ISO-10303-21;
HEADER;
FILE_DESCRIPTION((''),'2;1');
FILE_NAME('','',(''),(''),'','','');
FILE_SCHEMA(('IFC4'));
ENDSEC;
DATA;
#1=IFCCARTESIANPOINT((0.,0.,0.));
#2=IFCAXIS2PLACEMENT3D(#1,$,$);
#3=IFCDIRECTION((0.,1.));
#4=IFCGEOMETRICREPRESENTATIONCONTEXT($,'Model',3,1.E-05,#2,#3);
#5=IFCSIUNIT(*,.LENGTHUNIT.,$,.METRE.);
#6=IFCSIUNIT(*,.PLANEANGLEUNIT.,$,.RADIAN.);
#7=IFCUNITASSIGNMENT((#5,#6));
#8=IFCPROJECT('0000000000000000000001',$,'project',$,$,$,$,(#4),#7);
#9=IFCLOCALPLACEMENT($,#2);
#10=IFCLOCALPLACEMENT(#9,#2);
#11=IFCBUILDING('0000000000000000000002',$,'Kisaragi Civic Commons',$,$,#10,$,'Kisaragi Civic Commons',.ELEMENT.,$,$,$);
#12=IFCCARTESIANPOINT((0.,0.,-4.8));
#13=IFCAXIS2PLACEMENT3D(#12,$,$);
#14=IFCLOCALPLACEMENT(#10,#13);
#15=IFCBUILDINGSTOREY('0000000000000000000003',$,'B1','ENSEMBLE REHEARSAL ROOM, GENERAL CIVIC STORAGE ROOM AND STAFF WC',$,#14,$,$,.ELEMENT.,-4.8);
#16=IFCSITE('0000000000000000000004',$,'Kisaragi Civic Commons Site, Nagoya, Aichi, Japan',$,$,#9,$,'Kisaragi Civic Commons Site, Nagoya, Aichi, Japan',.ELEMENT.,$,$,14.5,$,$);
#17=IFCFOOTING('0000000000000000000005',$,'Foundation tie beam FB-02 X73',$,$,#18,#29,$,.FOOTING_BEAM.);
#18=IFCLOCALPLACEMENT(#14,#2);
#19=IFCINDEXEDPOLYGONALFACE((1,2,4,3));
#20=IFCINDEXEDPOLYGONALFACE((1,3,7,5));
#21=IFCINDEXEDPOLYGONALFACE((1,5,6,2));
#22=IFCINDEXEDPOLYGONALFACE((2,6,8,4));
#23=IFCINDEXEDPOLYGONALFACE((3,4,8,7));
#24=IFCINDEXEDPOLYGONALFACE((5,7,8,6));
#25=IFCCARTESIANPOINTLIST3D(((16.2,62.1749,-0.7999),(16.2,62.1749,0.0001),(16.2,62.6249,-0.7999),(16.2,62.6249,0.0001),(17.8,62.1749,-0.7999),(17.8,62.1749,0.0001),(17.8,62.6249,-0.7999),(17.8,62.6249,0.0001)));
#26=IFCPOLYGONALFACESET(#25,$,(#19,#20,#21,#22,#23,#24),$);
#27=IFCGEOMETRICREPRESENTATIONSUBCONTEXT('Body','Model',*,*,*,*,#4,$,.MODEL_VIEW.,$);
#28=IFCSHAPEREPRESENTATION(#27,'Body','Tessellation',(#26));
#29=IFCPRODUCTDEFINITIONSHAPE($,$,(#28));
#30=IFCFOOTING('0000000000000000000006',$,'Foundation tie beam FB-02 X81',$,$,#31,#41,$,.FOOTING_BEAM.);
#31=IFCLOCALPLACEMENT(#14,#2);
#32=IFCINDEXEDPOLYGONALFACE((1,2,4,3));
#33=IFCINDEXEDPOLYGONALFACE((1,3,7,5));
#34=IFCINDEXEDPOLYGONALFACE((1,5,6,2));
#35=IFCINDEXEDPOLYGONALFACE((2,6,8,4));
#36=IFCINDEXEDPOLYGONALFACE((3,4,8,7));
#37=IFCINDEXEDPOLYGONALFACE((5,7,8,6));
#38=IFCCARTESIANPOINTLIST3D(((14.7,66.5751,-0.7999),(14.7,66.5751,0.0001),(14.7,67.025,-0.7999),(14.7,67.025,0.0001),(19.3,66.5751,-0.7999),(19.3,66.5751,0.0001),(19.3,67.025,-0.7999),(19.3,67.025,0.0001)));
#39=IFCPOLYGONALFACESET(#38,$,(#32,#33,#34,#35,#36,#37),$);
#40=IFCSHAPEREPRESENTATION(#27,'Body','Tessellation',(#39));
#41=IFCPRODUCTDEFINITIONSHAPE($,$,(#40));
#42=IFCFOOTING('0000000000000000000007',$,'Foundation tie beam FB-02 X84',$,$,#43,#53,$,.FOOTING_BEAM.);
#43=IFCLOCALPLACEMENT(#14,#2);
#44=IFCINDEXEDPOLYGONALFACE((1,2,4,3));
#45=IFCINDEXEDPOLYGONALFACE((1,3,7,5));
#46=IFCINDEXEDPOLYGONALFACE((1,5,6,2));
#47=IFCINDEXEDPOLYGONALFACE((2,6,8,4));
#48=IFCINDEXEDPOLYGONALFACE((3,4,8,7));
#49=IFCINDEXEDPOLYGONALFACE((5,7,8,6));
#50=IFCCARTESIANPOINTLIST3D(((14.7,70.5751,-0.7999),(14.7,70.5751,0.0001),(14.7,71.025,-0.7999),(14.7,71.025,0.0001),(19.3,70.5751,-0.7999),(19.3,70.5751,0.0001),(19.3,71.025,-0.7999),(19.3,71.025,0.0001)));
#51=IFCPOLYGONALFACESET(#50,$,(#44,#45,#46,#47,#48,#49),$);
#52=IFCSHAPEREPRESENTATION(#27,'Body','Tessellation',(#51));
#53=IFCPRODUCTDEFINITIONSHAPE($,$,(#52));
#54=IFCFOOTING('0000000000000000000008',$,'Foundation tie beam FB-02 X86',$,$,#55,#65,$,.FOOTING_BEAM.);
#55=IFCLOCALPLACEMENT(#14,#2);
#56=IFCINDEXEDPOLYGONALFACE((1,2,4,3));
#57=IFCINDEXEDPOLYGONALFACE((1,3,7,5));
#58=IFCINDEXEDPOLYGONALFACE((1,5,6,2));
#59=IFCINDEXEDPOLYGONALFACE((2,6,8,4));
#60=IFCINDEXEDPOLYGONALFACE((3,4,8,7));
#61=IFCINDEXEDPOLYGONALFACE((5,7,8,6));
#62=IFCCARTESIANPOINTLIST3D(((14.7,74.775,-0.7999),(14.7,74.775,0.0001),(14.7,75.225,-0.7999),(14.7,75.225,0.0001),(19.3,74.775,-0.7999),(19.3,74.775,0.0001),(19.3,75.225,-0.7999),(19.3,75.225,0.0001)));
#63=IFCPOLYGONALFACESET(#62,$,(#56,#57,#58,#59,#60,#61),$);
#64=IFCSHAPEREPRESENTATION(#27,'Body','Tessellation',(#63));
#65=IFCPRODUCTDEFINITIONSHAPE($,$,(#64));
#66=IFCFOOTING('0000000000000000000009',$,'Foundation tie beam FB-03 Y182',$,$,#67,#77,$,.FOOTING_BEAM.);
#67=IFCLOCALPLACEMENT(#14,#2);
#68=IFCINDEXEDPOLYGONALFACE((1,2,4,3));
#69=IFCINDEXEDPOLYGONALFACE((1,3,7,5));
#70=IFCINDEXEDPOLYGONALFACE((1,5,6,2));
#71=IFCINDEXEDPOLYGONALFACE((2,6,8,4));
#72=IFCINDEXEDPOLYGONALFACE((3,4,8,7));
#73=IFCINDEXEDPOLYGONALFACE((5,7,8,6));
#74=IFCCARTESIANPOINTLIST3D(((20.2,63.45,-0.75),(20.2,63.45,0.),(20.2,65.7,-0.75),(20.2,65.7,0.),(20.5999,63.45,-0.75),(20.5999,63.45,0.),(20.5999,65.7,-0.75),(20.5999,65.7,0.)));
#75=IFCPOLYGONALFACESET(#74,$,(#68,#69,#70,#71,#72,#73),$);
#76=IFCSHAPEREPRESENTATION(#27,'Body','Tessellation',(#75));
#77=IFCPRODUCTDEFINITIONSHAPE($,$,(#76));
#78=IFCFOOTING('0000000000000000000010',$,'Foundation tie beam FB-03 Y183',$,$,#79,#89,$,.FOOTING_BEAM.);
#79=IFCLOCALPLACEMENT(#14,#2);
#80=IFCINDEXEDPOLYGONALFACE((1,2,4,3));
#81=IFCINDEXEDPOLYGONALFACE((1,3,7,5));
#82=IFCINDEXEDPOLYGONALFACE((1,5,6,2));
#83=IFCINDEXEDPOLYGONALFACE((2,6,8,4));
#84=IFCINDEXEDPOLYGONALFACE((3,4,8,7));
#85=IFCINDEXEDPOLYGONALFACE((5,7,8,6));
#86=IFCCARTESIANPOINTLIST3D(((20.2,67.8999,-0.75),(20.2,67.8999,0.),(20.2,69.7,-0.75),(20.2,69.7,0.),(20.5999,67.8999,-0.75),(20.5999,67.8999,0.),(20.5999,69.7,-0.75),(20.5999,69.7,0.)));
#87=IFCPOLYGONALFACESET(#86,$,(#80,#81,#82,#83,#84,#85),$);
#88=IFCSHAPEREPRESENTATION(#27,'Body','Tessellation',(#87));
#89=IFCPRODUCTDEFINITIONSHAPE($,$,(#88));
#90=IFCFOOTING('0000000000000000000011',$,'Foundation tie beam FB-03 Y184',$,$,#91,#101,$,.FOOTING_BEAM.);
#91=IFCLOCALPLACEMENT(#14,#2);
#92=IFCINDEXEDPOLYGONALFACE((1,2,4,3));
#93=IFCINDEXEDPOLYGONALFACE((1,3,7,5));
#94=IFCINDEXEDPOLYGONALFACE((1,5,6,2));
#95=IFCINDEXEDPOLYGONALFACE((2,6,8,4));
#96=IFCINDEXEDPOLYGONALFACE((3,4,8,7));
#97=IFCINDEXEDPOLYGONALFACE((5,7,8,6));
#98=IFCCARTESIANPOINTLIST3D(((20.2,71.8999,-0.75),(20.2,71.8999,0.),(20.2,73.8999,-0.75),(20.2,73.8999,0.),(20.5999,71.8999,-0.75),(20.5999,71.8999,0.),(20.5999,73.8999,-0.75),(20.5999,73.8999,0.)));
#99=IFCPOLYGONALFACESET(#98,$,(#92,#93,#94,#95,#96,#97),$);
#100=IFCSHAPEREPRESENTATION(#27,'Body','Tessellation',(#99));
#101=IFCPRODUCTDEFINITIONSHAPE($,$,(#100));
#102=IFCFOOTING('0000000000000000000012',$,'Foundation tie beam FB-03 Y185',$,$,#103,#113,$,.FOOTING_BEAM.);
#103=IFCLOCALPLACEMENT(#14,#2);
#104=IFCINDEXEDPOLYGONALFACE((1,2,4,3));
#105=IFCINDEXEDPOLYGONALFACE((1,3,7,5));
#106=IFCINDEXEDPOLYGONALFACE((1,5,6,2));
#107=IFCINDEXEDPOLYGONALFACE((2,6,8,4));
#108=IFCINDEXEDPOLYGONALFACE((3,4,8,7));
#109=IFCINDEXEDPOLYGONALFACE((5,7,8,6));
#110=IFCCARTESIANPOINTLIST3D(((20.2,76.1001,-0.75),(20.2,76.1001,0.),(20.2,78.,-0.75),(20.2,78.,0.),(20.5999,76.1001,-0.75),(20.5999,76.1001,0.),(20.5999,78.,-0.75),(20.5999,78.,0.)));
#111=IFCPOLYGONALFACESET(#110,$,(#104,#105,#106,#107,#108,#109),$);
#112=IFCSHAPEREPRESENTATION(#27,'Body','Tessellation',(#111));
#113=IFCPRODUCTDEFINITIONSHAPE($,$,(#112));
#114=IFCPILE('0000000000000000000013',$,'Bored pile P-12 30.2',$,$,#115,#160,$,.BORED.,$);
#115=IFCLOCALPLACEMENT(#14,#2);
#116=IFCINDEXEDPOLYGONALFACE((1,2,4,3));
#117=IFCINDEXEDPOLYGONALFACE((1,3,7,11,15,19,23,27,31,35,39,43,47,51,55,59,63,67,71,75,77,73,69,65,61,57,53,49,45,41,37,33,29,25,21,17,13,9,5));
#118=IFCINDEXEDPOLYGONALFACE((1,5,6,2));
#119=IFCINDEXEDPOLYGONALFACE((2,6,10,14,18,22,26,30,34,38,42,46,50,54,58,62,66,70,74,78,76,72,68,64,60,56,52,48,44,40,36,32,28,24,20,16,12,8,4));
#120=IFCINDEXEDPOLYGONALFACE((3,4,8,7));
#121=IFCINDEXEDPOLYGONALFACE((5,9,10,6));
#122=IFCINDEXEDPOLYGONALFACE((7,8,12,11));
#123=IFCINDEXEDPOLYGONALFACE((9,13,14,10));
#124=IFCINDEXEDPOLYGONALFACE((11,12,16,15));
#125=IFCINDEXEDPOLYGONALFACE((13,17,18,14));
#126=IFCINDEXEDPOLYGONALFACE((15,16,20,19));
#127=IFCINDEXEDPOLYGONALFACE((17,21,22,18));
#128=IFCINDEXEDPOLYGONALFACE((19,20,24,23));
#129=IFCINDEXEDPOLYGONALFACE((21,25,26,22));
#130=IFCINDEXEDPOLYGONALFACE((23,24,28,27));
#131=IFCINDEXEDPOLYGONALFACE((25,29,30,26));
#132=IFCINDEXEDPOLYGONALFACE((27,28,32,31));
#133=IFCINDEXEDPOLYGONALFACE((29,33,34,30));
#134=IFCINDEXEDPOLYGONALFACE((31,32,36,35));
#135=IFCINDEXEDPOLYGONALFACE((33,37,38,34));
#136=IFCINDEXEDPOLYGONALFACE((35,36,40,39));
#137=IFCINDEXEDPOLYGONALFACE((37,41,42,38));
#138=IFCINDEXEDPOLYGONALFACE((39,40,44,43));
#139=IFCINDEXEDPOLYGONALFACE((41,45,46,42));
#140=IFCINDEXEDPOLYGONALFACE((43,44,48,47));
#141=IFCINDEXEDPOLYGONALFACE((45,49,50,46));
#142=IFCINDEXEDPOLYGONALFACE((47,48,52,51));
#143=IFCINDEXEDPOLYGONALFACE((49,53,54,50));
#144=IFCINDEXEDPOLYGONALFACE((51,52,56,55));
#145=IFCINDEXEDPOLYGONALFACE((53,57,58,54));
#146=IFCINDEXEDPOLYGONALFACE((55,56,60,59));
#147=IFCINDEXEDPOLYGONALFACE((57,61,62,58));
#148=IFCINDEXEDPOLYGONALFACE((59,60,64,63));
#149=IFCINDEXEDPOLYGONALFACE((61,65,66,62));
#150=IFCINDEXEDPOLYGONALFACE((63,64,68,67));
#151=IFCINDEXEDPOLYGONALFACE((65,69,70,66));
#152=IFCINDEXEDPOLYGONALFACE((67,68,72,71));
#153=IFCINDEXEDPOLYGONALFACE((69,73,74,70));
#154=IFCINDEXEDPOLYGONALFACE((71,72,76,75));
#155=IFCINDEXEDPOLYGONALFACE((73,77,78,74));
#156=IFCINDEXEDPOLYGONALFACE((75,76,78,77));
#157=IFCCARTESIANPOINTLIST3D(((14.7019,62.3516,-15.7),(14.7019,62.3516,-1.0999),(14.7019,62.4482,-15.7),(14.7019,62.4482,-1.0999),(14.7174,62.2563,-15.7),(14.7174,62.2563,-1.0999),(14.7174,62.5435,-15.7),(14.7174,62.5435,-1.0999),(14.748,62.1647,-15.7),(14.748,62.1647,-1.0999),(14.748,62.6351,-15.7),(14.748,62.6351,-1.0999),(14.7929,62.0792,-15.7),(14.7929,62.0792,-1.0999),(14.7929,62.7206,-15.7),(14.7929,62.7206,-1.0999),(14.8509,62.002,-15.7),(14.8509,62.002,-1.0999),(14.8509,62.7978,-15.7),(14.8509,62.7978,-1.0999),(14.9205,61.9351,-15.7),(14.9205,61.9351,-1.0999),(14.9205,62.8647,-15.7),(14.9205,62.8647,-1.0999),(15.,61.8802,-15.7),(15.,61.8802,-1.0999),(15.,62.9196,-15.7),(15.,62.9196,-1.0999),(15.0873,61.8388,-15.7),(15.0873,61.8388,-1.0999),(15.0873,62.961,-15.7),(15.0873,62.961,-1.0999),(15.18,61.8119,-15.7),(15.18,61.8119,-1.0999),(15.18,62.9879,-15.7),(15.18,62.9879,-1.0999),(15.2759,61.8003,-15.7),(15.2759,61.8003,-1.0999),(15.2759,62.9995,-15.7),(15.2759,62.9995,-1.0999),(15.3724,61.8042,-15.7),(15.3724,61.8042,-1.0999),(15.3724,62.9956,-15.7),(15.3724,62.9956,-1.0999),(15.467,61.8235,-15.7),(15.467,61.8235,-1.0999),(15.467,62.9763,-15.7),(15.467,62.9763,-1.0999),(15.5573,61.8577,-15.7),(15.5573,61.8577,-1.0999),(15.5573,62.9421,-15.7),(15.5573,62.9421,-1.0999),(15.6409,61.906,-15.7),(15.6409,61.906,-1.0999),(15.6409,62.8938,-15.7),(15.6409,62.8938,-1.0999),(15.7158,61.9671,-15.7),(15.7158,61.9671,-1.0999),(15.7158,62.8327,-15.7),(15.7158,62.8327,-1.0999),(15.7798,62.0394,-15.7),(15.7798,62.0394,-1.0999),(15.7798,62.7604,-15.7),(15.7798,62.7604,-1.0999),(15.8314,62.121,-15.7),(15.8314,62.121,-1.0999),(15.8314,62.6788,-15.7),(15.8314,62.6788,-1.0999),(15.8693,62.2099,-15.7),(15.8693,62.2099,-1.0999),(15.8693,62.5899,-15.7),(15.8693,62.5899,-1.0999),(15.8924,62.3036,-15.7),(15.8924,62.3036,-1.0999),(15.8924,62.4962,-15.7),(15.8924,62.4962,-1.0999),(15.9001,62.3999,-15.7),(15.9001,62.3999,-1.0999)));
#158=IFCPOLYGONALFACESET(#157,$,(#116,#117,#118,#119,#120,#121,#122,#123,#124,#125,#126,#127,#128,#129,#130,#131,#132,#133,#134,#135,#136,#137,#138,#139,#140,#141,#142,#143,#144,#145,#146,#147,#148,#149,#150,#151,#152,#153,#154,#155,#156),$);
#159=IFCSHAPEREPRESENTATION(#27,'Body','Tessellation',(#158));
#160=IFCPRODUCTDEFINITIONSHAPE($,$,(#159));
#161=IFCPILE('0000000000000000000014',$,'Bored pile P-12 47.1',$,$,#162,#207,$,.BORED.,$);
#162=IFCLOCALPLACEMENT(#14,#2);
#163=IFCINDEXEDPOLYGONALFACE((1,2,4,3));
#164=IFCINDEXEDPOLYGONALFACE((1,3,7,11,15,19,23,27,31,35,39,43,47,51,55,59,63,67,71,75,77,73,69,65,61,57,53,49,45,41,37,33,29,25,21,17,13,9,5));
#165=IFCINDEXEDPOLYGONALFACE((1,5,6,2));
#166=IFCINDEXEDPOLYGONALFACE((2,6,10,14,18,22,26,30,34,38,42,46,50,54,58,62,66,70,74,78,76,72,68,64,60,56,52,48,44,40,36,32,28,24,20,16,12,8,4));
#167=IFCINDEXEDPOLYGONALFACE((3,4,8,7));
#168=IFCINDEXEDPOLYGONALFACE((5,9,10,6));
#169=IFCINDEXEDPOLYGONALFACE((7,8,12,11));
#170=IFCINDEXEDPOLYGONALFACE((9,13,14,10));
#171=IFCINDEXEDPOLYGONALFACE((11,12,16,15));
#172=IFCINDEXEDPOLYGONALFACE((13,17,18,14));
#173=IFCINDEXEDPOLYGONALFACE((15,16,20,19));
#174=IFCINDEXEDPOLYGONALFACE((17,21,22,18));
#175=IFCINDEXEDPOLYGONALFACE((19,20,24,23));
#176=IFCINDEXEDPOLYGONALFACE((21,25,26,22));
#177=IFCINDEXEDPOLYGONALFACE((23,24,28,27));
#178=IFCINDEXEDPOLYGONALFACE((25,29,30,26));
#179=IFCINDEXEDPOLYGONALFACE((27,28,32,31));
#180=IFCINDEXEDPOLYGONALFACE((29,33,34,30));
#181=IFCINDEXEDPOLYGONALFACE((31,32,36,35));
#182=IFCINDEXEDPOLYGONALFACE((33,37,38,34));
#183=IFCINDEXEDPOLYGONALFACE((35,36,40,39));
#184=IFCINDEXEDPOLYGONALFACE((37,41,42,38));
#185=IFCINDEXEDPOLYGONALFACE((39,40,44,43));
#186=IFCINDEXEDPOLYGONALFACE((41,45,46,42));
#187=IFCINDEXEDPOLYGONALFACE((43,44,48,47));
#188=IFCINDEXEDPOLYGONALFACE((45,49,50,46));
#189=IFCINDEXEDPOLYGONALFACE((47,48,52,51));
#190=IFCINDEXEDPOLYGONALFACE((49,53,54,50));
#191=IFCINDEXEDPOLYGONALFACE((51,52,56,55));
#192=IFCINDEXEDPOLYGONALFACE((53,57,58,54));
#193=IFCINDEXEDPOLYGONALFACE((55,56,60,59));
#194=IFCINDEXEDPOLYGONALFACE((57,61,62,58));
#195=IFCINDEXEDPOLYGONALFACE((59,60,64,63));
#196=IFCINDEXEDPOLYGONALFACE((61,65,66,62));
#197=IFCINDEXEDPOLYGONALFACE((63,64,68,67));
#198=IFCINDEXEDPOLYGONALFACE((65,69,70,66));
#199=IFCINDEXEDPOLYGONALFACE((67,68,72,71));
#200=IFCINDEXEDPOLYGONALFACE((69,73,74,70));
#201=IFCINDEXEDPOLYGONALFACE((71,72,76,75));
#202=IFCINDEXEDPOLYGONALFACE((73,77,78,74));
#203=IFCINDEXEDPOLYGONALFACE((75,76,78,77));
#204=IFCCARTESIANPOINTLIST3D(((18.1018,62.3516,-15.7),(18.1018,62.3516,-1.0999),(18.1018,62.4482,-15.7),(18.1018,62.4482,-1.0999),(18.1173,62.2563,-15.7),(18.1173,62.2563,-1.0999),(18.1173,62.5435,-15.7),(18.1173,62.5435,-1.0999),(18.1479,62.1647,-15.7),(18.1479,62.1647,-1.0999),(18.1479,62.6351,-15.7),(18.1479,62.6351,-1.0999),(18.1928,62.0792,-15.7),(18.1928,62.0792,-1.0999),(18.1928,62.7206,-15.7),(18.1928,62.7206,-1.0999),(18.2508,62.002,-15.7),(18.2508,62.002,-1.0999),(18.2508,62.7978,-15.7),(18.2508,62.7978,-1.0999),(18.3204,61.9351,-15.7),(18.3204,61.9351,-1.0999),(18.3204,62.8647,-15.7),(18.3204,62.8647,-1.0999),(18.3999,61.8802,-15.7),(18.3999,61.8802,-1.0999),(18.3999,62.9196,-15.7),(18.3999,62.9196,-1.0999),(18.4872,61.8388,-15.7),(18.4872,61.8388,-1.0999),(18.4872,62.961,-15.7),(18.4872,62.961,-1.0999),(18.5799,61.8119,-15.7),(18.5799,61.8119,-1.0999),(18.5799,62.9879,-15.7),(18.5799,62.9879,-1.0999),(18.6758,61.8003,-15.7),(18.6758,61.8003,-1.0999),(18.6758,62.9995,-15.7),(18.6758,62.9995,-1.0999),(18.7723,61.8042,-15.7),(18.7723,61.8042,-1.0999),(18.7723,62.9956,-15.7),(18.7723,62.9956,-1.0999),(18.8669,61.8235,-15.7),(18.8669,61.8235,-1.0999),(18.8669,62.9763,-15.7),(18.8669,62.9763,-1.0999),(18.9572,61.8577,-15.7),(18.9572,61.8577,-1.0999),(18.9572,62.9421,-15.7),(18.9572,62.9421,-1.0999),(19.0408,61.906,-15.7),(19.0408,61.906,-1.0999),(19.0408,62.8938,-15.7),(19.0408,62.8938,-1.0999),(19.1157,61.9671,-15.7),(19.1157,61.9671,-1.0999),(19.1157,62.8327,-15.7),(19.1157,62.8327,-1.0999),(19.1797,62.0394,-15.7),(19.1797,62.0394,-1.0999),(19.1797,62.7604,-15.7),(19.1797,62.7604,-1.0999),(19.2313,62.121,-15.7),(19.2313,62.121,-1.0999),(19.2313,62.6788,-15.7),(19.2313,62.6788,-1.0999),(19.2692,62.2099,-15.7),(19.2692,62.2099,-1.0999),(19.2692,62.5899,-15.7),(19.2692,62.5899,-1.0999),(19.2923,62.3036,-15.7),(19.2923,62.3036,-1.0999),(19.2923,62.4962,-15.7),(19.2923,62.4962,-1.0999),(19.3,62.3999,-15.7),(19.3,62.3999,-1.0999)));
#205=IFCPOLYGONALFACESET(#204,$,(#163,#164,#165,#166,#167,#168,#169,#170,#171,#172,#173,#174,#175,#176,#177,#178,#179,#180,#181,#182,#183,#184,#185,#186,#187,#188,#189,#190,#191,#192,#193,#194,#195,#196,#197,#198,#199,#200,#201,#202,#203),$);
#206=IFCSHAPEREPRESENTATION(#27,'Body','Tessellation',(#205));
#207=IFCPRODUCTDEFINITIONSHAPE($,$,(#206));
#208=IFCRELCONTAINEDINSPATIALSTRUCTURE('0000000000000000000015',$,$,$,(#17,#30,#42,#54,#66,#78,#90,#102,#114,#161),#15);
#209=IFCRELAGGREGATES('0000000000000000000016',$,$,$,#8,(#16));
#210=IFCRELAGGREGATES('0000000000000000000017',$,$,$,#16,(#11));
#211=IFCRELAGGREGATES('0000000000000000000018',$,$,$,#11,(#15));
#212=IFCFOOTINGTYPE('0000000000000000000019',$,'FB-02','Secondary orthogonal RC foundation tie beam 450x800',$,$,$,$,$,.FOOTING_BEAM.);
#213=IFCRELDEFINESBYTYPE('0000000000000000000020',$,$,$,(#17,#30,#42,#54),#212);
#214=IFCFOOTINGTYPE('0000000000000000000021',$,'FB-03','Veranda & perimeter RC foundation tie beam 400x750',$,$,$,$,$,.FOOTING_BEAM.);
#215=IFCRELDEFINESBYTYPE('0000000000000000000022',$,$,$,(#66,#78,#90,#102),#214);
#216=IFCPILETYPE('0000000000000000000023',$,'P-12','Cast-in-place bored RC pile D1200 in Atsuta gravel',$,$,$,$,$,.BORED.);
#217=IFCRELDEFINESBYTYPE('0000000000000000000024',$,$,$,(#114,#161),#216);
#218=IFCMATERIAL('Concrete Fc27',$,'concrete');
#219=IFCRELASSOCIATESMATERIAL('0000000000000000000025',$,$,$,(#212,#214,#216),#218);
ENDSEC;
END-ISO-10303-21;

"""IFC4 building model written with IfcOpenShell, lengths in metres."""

from ifc_helpers import new_model, si_unit, direction, frame, origin, origin_2d, place, context, subcontext, project, spatial, rectangle, circle, extrude, material, material_profile, profile_set, type_object, element, save


model = new_model("IFC4")

# Units and contexts
model_context = context("Model", 3, precision=1e-05, world=origin(), true_north=direction((0.0, 1.0)))
body_context = subcontext(model_context, "Body", "Model", "MODEL_VIEW")
ifc_project = project(units=[si_unit("LENGTHUNIT", "METRE"), si_unit("PLANEANGLEUNIT", "RADIAN")], contexts=[model_context])

# Site, building, storey
site_placement = place(None, origin())
site = spatial("IfcSite", under=ifc_project, at=site_placement, Name="Kisaragi Civic Commons Site, Nagoya, Aichi, Japan", LongName="Kisaragi Civic Commons Site, Nagoya, Aichi, Japan", CompositionType="ELEMENT", RefElevation=14.5)
building_placement = place(site_placement, origin())
building = spatial("IfcBuilding", under=site, at=building_placement, Name="Kisaragi Civic Commons", LongName="Kisaragi Civic Commons", CompositionType="ELEMENT")
storey_placement = place(building_placement, frame((0.0, 0.0, -4.8)))
storey = spatial("IfcBuildingStorey", under=building, at=storey_placement, Name="B1", Description="ENSEMBLE REHEARSAL ROOM, GENERAL CIVIC STORAGE ROOM AND STAFF WC", CompositionType="ELEMENT", Elevation=-4.8)

# Footings
ifc_material_1 = material(Name="Concrete Fc27", Category="concrete")
ifc_material_profile_1 = material_profile(ifc_material_1, rectangle(XDim=0.45, YDim=0.8, at=origin_2d()), Name="RC-450x800", Category="concrete")
ifc_profile_set_1 = profile_set([ifc_material_profile_1], Name="Concrete Fc27")
footing_type_1 = type_object("IfcFootingType", Name="FB-02", Description="Secondary orthogonal RC foundation tie beam 450x800", PredefinedType="FOOTING_BEAM", material=ifc_profile_set_1)
footing_1_placement = place(storey_placement, frame((16.2, 62.3999, -0.3999), z_axis=(1.0, 0.0, 0.0), x_axis=(0.0, 1.0, 0.0)))
element("IfcFooting", 1, at=footing_1_placement, inside=storey, type_object=footing_type_1, Name="Foundation tie beam FB-02 X73", PredefinedType="FOOTING_BEAM", context=body_context, shape_type="SweptSolid", body=[
    extrude(rectangle(XDim=0.45, YDim=0.8, at=origin_2d()), origin(), (0.0, 0.0, 1.0), 1.6001),
])
for number, where, z_axis, x_axis, name in (
    (2, (14.7, 66.8, -0.3999), (1.0, 0.0, 0.0), (0.0, 1.0, 0.0), "Foundation tie beam FB-02 X81"),
    (3, (14.7, 70.8, -0.3999), (1.0, 0.0, 0.0), (0.0, 1.0, 0.0), "Foundation tie beam FB-02 X84"),
    (4, (14.7, 75.0, -0.3999), (1.0, 0.0, 0.0), (0.0, 1.0, 0.0), "Foundation tie beam FB-02 X86"),
):
    element("IfcFooting", number, at=place(storey_placement, frame(where, z_axis=z_axis, x_axis=x_axis)), inside=storey, type_object=footing_type_1, Name=name, PredefinedType="FOOTING_BEAM", context=body_context, shape_type="SweptSolid", body=[
        extrude(rectangle(XDim=0.45, YDim=0.8, at=origin_2d()), origin(), (0.0, 0.0, 1.0), 4.6001),
    ])
ifc_material_profile_2 = material_profile(ifc_material_1, rectangle(XDim=0.3999, YDim=0.75, at=origin_2d()), Name="RC-400x750", Category="concrete")
ifc_profile_set_2 = profile_set([ifc_material_profile_2], Name="Concrete Fc27")
footing_type_2 = type_object("IfcFootingType", Name="FB-03", Description="Veranda & perimeter RC foundation tie beam 400x750", PredefinedType="FOOTING_BEAM", material=ifc_profile_set_2)
footing_2_placement = place(storey_placement, frame((20.3999, 63.45, -0.375), z_axis=(0.0, 1.0, 0.0), x_axis=(-1.0, 0.0, 0.0)))
element("IfcFooting", 5, at=footing_2_placement, inside=storey, type_object=footing_type_2, Name="Foundation tie beam FB-03 Y182", PredefinedType="FOOTING_BEAM", context=body_context, shape_type="SweptSolid", body=[
    extrude(rectangle(XDim=0.3999, YDim=0.75, at=origin_2d()), origin(), (0.0, 0.0, 1.0), 2.25),
])
footing_3_placement = place(storey_placement, frame((20.3999, 67.8999, -0.375), z_axis=(0.0, 1.0, 0.0), x_axis=(-1.0, 0.0, 0.0)))
element("IfcFooting", 6, at=footing_3_placement, inside=storey, type_object=footing_type_2, Name="Foundation tie beam FB-03 Y183", PredefinedType="FOOTING_BEAM", context=body_context, shape_type="SweptSolid", body=[
    extrude(rectangle(XDim=0.3999, YDim=0.75, at=origin_2d()), origin(), (0.0, 0.0, 1.0), 1.8),
])
footing_4_placement = place(storey_placement, frame((20.3999, 71.8999, -0.375), z_axis=(0.0, 1.0, 0.0), x_axis=(-1.0, 0.0, 0.0)))
element("IfcFooting", 7, at=footing_4_placement, inside=storey, type_object=footing_type_2, Name="Foundation tie beam FB-03 Y184", PredefinedType="FOOTING_BEAM", context=body_context, shape_type="SweptSolid", body=[
    extrude(rectangle(XDim=0.3999, YDim=0.75, at=origin_2d()), origin(), (0.0, 0.0, 1.0), 2.0),
])
footing_5_placement = place(storey_placement, frame((20.3999, 76.1001, -0.375), z_axis=(0.0, 1.0, 0.0), x_axis=(-1.0, 0.0, 0.0)))
element("IfcFooting", 8, at=footing_5_placement, inside=storey, type_object=footing_type_2, Name="Foundation tie beam FB-03 Y185", PredefinedType="FOOTING_BEAM", context=body_context, shape_type="SweptSolid", body=[
    extrude(rectangle(XDim=0.3999, YDim=0.75, at=origin_2d()), origin(), (0.0, 0.0, 1.0), 1.8999),
])

# Piles
ifc_material_profile_3 = material_profile(ifc_material_1, circle(Radius=0.6001, at=origin_2d()), Name="PILE-D1200", Category="concrete")
ifc_profile_set_3 = profile_set([ifc_material_profile_3], Name="Concrete Fc27")
pile_type = type_object("IfcPileType", Name="P-12", Description="Cast-in-place bored RC pile D1200 in Atsuta gravel", PredefinedType="BORED", material=ifc_profile_set_3)
for number, where, z_axis, x_axis, name in (
    (9, (15.3, 62.3999, -1.0999), (0.0, 0.0, -1.0), (1.0, 0.0, 0.0), "Bored pile P-12 30.2"),
    (10, (18.7, 62.3999, -1.0999), (0.0, 0.0, -1.0), (1.0, 0.0, 0.0), "Bored pile P-12 47.1"),
):
    element("IfcPile", number, at=place(storey_placement, frame(where, z_axis=z_axis, x_axis=x_axis)), inside=storey, type_object=pile_type, Name=name, PredefinedType="BORED", context=body_context, shape_type="SweptSolid", body=[
        extrude(circle(Radius=0.6001, at=origin_2d()), origin(), (0.0, 0.0, 1.0), 14.6001),
    ])

save(model, "model.ifc")
